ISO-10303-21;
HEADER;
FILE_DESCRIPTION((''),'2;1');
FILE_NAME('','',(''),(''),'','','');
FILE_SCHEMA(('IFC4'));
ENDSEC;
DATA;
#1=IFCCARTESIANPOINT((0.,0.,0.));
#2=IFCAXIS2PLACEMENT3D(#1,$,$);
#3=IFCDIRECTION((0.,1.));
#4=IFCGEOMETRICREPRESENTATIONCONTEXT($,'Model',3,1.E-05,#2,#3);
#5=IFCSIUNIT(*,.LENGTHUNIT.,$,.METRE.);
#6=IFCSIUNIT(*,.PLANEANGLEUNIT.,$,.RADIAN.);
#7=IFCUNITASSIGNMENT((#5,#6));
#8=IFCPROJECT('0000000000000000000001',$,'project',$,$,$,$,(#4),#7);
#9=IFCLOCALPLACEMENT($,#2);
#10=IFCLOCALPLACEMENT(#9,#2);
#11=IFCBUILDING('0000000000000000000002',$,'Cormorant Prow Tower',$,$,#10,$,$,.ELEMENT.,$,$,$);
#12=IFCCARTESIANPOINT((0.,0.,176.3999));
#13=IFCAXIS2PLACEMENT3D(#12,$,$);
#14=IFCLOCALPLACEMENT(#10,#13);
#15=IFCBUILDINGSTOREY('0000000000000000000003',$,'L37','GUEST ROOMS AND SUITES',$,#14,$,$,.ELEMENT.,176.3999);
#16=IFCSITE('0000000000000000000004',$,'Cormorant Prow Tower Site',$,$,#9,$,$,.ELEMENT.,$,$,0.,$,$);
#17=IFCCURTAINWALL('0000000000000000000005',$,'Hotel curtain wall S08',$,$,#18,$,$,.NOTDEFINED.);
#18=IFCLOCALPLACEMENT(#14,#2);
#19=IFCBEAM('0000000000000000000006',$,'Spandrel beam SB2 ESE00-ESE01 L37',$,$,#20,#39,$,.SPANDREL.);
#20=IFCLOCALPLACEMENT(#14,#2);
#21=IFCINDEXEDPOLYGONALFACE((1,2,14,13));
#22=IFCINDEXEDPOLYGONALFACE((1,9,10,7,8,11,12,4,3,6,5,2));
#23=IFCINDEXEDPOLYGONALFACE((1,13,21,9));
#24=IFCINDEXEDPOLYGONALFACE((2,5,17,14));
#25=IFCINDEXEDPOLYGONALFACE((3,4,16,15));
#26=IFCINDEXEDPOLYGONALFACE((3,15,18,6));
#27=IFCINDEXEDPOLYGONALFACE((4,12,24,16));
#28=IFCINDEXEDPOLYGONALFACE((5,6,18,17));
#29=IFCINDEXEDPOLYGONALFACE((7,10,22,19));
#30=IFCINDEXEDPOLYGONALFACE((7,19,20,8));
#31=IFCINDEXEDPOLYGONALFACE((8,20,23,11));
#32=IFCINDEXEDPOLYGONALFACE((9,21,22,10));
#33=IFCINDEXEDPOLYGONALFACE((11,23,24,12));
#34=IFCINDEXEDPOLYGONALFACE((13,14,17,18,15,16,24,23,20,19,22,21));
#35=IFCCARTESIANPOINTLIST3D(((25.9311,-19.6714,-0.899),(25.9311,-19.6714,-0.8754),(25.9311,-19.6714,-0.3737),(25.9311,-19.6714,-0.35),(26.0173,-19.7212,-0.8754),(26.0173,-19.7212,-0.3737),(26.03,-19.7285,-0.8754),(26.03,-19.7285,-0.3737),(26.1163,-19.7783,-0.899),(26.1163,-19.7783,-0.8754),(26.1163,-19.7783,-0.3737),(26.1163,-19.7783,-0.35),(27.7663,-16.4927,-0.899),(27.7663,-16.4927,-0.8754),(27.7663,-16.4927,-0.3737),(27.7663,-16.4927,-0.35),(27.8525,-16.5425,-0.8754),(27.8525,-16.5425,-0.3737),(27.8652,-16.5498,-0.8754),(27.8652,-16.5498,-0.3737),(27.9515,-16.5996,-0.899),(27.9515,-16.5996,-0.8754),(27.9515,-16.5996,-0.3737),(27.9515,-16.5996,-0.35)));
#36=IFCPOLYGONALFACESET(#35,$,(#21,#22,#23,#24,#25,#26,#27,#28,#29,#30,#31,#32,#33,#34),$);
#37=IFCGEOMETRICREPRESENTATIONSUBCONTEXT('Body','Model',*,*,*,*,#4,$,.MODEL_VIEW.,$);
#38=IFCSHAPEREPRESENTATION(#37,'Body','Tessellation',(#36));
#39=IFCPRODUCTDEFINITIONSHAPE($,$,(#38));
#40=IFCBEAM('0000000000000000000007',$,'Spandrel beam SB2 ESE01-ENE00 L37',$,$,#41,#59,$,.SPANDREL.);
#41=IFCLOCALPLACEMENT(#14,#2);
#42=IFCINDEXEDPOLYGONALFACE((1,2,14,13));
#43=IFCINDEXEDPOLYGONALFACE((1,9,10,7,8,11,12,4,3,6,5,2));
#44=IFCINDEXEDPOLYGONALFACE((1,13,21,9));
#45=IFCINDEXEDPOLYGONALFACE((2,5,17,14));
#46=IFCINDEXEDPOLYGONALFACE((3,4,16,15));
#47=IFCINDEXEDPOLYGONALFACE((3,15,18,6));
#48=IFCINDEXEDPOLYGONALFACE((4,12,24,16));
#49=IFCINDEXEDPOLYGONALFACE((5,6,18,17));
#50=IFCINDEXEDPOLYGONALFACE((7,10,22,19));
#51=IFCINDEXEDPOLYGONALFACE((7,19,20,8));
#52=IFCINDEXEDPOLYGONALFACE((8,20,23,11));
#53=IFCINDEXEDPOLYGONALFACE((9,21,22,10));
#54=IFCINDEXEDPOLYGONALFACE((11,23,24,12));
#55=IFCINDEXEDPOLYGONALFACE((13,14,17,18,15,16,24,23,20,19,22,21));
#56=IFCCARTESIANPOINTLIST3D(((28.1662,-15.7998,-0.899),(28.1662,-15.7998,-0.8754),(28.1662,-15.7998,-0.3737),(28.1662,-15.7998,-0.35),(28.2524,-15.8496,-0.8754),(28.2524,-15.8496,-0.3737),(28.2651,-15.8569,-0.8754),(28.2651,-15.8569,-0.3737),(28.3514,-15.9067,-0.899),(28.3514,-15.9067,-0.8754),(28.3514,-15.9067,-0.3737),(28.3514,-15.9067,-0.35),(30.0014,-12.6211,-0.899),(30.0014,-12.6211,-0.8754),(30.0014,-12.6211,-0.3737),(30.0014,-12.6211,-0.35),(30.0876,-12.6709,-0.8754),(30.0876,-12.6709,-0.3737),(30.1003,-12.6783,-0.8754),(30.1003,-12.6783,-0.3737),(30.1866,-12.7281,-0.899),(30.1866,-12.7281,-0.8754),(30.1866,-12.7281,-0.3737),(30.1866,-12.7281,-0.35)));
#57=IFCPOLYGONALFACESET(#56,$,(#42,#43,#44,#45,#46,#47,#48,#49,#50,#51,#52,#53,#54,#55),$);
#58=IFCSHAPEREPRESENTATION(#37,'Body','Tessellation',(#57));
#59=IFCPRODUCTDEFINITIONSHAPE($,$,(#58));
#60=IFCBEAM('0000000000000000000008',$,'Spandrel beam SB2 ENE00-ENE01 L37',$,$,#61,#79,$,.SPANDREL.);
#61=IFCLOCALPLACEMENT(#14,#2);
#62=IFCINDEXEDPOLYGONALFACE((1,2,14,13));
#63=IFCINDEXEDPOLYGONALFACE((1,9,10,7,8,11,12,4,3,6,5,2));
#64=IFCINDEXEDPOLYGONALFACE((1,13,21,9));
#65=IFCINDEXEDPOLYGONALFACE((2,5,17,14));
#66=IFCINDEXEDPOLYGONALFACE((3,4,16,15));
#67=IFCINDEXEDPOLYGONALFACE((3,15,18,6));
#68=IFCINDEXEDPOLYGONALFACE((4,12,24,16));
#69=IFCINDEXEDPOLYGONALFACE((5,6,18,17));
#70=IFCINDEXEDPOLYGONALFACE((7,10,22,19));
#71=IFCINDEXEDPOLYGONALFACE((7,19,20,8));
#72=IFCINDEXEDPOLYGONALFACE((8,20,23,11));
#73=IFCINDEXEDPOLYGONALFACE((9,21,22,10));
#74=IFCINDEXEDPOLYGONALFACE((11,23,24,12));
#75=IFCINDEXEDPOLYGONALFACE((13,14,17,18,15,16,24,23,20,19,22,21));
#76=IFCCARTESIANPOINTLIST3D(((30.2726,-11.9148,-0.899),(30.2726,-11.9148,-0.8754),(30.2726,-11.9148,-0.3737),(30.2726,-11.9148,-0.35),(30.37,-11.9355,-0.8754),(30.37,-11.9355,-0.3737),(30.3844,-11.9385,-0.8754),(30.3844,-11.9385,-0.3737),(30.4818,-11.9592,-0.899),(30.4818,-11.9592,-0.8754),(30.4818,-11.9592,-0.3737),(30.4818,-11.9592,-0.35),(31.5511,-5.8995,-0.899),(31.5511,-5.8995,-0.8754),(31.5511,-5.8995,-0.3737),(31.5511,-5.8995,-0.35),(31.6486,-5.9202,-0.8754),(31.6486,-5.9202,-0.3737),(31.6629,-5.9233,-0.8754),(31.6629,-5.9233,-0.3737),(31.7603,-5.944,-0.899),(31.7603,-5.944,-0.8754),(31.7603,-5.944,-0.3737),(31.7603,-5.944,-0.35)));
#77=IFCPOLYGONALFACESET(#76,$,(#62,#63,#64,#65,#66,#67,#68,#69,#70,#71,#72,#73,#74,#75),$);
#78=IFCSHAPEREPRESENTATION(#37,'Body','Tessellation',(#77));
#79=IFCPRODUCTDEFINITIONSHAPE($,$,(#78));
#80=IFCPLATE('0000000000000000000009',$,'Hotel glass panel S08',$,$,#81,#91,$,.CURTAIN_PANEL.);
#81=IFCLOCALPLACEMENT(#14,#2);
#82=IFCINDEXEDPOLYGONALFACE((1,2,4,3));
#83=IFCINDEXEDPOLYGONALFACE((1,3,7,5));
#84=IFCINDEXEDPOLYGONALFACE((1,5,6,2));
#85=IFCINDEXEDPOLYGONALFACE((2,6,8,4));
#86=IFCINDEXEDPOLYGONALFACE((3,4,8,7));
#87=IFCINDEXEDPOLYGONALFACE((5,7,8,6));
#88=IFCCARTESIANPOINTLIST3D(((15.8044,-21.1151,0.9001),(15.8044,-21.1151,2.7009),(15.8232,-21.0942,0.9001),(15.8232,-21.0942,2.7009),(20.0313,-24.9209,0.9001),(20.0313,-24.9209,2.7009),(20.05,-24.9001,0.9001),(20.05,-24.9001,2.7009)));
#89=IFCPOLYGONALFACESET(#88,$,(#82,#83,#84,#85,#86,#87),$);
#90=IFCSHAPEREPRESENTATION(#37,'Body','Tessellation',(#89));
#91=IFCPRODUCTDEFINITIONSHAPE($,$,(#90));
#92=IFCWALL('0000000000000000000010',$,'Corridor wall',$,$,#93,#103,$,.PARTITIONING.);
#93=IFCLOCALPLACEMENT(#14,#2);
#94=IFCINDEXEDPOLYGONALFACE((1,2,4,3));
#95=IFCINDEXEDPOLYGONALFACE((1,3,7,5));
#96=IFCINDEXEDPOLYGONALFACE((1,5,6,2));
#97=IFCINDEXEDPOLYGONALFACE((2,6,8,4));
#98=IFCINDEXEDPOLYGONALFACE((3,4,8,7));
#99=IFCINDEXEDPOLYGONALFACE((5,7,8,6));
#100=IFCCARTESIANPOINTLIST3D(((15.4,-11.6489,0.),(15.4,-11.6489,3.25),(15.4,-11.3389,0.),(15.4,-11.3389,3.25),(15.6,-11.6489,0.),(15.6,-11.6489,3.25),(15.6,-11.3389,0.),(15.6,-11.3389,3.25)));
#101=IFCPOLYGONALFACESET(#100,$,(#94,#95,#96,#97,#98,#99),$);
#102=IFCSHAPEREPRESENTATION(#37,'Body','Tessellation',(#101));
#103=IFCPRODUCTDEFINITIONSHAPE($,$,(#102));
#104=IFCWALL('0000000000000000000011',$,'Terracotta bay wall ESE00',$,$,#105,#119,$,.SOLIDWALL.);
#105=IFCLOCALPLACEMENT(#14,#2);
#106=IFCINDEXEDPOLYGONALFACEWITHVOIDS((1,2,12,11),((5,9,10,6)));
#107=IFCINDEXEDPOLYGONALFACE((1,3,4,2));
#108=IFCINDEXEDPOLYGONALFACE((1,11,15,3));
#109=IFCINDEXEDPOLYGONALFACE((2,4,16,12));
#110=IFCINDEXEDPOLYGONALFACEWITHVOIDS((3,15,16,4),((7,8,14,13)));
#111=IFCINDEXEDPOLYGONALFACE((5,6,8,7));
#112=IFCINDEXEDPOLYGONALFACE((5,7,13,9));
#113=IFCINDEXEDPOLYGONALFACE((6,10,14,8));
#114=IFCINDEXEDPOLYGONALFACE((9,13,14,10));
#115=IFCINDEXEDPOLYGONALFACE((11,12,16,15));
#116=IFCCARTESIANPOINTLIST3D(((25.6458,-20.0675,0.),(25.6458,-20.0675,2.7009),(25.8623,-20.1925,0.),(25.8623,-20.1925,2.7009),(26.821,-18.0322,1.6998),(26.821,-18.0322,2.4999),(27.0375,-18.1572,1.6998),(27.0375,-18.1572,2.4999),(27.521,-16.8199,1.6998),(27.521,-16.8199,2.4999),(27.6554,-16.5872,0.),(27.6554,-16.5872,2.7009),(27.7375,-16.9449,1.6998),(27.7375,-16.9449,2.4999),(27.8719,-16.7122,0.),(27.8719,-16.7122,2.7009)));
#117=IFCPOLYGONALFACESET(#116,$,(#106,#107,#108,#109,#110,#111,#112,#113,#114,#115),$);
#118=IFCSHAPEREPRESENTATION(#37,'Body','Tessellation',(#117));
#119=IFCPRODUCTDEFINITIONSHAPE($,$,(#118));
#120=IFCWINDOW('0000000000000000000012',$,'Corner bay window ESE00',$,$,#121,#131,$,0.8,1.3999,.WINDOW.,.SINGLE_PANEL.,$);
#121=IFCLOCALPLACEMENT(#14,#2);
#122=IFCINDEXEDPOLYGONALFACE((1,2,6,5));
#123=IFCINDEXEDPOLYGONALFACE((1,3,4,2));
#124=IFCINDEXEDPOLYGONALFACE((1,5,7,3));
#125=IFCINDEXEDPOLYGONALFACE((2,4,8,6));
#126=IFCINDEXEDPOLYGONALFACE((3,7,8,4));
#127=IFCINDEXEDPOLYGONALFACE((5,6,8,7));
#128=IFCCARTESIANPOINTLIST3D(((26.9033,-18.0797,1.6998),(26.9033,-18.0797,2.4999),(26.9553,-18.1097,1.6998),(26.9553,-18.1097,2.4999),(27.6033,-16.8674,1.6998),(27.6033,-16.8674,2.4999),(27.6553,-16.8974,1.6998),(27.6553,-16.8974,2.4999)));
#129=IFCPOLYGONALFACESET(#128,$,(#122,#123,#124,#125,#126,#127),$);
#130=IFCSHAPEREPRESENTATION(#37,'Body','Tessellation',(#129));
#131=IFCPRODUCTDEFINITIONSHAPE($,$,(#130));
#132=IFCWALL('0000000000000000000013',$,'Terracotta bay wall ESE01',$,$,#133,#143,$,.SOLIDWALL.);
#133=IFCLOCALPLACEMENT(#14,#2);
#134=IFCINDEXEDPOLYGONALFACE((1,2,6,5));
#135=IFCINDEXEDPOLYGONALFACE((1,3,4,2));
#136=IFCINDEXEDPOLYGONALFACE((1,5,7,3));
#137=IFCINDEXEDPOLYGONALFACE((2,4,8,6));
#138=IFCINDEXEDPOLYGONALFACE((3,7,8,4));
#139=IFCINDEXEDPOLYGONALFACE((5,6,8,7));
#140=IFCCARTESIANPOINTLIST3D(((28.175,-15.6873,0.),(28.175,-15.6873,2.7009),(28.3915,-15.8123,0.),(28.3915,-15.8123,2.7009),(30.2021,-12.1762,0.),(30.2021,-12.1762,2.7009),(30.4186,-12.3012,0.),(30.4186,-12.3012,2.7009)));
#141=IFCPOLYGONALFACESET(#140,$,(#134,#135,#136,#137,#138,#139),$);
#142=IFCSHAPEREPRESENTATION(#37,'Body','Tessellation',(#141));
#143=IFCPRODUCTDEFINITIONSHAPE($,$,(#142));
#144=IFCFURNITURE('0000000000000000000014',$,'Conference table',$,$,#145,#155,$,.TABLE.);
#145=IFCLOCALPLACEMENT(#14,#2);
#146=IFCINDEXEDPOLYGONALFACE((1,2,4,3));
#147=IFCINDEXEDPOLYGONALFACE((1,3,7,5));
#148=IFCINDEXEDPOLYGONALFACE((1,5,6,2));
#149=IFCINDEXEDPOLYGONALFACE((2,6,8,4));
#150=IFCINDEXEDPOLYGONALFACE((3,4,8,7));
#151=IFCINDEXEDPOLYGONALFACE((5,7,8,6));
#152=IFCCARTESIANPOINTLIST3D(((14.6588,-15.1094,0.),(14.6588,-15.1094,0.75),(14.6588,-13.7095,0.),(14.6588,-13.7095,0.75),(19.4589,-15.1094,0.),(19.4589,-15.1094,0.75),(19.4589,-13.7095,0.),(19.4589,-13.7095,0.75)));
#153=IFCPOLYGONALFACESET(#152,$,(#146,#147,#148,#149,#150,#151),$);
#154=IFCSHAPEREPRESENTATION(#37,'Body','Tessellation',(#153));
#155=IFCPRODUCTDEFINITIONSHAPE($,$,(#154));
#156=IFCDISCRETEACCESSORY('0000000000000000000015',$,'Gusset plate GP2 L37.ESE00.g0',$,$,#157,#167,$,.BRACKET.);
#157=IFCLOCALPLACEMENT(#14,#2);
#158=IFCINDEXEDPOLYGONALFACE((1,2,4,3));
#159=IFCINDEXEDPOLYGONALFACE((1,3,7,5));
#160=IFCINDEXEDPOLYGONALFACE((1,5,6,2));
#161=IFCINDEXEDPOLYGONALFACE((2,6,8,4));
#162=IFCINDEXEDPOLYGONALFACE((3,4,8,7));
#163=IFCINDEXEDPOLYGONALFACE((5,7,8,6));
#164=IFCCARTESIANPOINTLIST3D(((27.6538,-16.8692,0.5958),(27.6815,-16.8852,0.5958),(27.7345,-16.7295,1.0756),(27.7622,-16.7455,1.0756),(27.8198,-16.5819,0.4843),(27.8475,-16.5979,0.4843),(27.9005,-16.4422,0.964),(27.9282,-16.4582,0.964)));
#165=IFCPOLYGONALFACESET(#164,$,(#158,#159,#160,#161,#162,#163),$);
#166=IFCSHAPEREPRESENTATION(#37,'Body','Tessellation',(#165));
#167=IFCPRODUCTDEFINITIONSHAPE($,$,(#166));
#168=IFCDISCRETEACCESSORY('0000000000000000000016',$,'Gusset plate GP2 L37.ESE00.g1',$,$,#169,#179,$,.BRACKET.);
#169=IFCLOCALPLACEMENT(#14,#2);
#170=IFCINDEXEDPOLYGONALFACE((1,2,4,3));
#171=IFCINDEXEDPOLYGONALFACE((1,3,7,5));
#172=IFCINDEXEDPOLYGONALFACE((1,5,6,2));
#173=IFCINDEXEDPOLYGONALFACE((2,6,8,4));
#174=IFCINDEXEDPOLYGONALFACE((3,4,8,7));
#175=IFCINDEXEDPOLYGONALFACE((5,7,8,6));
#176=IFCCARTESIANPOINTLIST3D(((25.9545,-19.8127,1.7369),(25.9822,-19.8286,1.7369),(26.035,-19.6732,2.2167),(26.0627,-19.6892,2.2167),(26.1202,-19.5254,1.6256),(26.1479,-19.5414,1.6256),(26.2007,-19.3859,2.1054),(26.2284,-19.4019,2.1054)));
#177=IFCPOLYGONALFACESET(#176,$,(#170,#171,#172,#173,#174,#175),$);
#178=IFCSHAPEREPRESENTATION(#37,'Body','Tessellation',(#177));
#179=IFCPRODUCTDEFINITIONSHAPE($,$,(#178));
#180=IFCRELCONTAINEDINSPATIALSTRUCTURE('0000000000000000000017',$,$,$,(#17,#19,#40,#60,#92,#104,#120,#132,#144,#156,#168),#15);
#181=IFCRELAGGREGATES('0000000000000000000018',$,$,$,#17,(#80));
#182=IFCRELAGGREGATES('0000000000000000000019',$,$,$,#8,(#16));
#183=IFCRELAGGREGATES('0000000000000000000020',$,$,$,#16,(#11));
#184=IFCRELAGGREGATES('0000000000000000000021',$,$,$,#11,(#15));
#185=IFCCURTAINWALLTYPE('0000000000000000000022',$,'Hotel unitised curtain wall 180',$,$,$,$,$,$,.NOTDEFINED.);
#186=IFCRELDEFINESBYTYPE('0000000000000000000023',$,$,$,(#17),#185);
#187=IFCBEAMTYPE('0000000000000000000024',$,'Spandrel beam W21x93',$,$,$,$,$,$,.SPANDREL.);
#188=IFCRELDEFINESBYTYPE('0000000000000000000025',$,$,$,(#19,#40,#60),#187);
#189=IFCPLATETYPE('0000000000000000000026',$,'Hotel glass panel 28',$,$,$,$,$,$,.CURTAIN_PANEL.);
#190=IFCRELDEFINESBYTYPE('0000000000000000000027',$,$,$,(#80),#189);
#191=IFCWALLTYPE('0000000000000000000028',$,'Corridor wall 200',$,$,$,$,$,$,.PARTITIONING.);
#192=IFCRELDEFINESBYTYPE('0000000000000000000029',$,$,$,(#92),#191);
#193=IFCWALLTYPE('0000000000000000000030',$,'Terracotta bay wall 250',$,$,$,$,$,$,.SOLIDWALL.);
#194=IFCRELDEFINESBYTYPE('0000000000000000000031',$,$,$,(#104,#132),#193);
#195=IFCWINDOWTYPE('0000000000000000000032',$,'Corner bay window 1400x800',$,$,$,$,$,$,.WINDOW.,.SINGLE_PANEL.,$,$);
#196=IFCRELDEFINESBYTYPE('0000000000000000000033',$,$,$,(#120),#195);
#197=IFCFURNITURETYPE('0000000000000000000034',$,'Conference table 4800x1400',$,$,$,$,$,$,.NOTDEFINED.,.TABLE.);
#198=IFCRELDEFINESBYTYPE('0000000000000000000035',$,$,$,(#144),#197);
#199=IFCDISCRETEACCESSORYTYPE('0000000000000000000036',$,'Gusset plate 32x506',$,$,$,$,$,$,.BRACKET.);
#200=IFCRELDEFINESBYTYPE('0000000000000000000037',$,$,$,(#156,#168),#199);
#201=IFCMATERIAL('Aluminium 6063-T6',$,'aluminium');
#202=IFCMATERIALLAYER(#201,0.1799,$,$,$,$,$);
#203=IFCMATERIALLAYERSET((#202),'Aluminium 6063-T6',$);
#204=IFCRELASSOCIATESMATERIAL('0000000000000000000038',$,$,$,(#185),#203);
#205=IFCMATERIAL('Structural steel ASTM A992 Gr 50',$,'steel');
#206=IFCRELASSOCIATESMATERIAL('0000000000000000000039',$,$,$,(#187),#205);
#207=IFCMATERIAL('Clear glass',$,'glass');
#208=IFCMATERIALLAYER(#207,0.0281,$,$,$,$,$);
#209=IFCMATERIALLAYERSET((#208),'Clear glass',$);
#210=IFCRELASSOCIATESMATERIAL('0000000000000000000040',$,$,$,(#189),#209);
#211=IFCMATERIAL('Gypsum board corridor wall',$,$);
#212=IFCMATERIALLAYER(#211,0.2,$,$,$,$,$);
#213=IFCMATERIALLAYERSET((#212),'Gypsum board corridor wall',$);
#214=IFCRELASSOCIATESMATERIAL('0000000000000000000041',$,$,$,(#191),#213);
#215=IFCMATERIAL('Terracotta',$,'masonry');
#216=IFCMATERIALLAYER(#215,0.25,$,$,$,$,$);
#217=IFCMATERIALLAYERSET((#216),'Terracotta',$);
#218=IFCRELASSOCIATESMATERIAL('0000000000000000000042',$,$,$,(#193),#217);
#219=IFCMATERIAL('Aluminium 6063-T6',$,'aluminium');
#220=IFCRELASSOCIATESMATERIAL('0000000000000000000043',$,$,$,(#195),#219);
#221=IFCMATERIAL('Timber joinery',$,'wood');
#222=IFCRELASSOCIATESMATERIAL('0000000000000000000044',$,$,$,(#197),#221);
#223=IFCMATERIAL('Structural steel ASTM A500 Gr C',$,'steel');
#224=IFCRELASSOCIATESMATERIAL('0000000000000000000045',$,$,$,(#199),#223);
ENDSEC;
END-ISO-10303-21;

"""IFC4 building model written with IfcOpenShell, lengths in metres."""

from ifc_helpers import new_model, si_unit, direction, frame, frame_2d, origin, origin_2d, place, context, subcontext, project, spatial, rectangle, i_section, extrude, material, layer, layer_set, material_profile, profile_set, type_object, element, fill, aggregate, save


model = new_model("IFC4")

# Units and contexts
model_context = context("Model", 3, precision=1e-05, world=origin(), true_north=direction((0.0, 1.0)))
body_context = subcontext(model_context, "Body", "Model", "MODEL_VIEW")
ifc_project = project(units=[si_unit("LENGTHUNIT", "METRE"), si_unit("PLANEANGLEUNIT", "RADIAN")], contexts=[model_context])

# Site, building, storey
site_placement = place(None, origin())
site = spatial("IfcSite", under=ifc_project, at=site_placement, Name="Cormorant Prow Tower Site", CompositionType="ELEMENT", RefElevation=0.0)
building_placement = place(site_placement, origin())
building = spatial("IfcBuilding", under=site, at=building_placement, Name="Cormorant Prow Tower", CompositionType="ELEMENT")
storey_placement = place(building_placement, frame((0.0, 0.0, 176.3999)))
storey = spatial("IfcBuildingStorey", under=building, at=storey_placement, Name="L37", Description="GUEST ROOMS AND SUITES", CompositionType="ELEMENT", Elevation=176.3999)

# Curtain wall
ifc_material_1 = material(Name="Aluminium 6063-T6", Category="aluminium")
ifc_layer_1 = layer(ifc_material_1, 0.1799)
ifc_layer_set_1 = layer_set([ifc_layer_1], Name="Aluminium 6063-T6")
curtain_wall_type = type_object("IfcCurtainWallType", Name="Hotel unitised curtain wall 180", PredefinedType="NOTDEFINED", material=ifc_layer_set_1)
curtain_wall_placement = place(storey_placement, origin())
curtain_wall = element("IfcCurtainWall", 1, at=curtain_wall_placement, inside=storey, type_object=curtain_wall_type, Name="Hotel curtain wall S08", PredefinedType="NOTDEFINED")

# Beams
ifc_material_2 = material(Name="Structural steel ASTM A992 Gr 50", Category="steel")
ifc_material_profile_1 = material_profile(ifc_material_2, i_section(OverallWidth=0.2139, OverallDepth=0.5491, WebThickness=0.0146, FlangeThickness=0.0237, at=origin_2d()), Name="W21x93")
ifc_profile_set_1 = profile_set([ifc_material_profile_1], Name="Structural steel ASTM A992 Gr 50")
beam_type = type_object("IfcBeamType", Name="Spandrel beam W21x93", PredefinedType="SPANDREL", material=ifc_profile_set_1)
for number, where, z_axis, x_axis, name in (
    (2, (26.0237, -19.7249, -0.6245), (0.499995, 0.866028, 0.0), (-0.866028, 0.499995, 0.0), "Spandrel beam SB2 ESE00-ESE01 L37"),
    (3, (28.2588, -15.8533, -0.6245), (0.499995, 0.866028, 0.0), (-0.866028, 0.499995, 0.0), "Spandrel beam SB2 ESE01-ENE00 L37"),
):
    element("IfcBeam", number, at=place(storey_placement, frame(where, z_axis=z_axis, x_axis=x_axis)), inside=storey, type_object=beam_type, Name=name, PredefinedType="SPANDREL", context=body_context, shape_type="SweptSolid", body=[
        extrude(i_section(OverallWidth=0.2139, OverallDepth=0.5491, WebThickness=0.0146, FlangeThickness=0.0237, at=origin_2d()), origin(), (0.0, 0.0, 1.0), 3.6704),
    ])
beam_1_placement = place(storey_placement, frame((30.3772, -11.937, -0.6245), z_axis=(0.207905, 0.978149, 0.0), x_axis=(-0.978149, 0.207905, 0.0)))
element("IfcBeam", 4, at=beam_1_placement, inside=storey, type_object=beam_type, Name="Spandrel beam SB2 ENE00-ENE01 L37", PredefinedType="SPANDREL", context=body_context, shape_type="SweptSolid", body=[
    extrude(i_section(OverallWidth=0.2139, OverallDepth=0.5491, WebThickness=0.0146, FlangeThickness=0.0237, at=origin_2d()), origin(), (0.0, 0.0, 1.0), 6.1497),
])

# Plate
ifc_material_3 = material(Name="Clear glass", Category="glass")
ifc_layer_2 = layer(ifc_material_3, 0.0281)
ifc_layer_set_2 = layer_set([ifc_layer_2], Name="Clear glass")
plate_type = type_object("IfcPlateType", Name="Hotel glass panel 28", PredefinedType="CURTAIN_PANEL", material=ifc_layer_set_2)
plate_placement = place(storey_placement, frame((17.9272, -23.0076, 0.9001), z_axis=(0.0, 0.0, 1.0), x_axis=(0.743145, -0.669131, 0.0)))
plate = element("IfcPlate", 5, at=plate_placement, type_object=plate_type, Name="Hotel glass panel S08", PredefinedType="CURTAIN_PANEL", context=body_context, shape_type="SweptSolid", body=[
    extrude(rectangle(XDim=5.6877, YDim=0.0281, at=origin_2d()), origin(), (0.0, 0.0, 1.0), 1.8008),
])
aggregate(curtain_wall, [plate])

# Wall
ifc_material_4 = material(Name="Gypsum board corridor wall")
ifc_layer_3 = layer(ifc_material_4, 0.2)
ifc_layer_set_3 = layer_set([ifc_layer_3], Name="Gypsum board corridor wall")
wall_type_1 = type_object("IfcWallType", Name="Corridor wall 200", PredefinedType="PARTITIONING", material=ifc_layer_set_3)
wall_1_placement = place(storey_placement, frame((15.5, -11.6489, 0.0), z_axis=(0.0, 0.0, 1.0), x_axis=(0.0, 1.0, 0.0)))
element("IfcWall", 6, at=wall_1_placement, inside=storey, type_object=wall_type_1, Name="Corridor wall", PredefinedType="PARTITIONING", context=body_context, shape_type="SweptSolid", body=[
    extrude(rectangle(XDim=0.3101, YDim=0.2, at=frame_2d((0.155, 0.0))), origin(), (0.0, 0.0, 1.0), 3.25),
])

# Wall, opening, window
ifc_material_5 = material(Name="Terracotta", Category="masonry")
ifc_layer_4 = layer(ifc_material_5, 0.25)
ifc_layer_set_4 = layer_set([ifc_layer_4], Name="Terracotta")
wall_type_2 = type_object("IfcWallType", Name="Terracotta bay wall 250", PredefinedType="SOLIDWALL", material=ifc_layer_set_4)
wall_2_placement = place(storey_placement, frame((25.7542, -20.1299, 0.0), z_axis=(0.0, 0.0, 1.0), x_axis=(0.50004, 0.866002, 0.0)))
wall_2 = element("IfcWall", 7, at=wall_2_placement, inside=storey, type_object=wall_type_2, Name="Terracotta bay wall ESE00", PredefinedType="SOLIDWALL", context=body_context, shape_type="SweptSolid", body=[
    extrude(rectangle(XDim=4.0188, YDim=0.25, at=frame_2d((2.0093, 0.0))), origin(), (0.0, 0.0, 1.0), 2.7009),
])
opening_1_placement = place(wall_2_placement, frame((2.3501, 0.0, 1.7)))
opening_1 = element("IfcOpeningElement", 8, at=opening_1_placement, cuts=wall_2, PredefinedType="OPENING", context=body_context, shape_type="SweptSolid", body=[
    extrude(rectangle(XDim=1.3999, YDim=0.8, at=frame_2d((0.7, 0.3999))), frame((0.0, 0.135, 0.0), z_axis=(0.0, -1.0, 0.0), x_axis=(1.0, 0.0, 0.0)), (0.0, 0.0, 1.0), 0.27),
])
ifc_material_6 = material(Name="Aluminium 6063-T6", Category="aluminium")
window_type = type_object("IfcWindowType", Name="Corner bay window 1400x800", PartitioningType="SINGLE_PANEL", PredefinedType="WINDOW", material=ifc_material_6)
window_placement = place(opening_1_placement, origin())
window = element("IfcWindow", 9, at=window_placement, inside=storey, type_object=window_type, Name="Corner bay window ESE00", OverallHeight=0.8, OverallWidth=1.3999, PartitioningType="SINGLE_PANEL", PredefinedType="WINDOW", context=body_context, shape_type="SweptSolid", body=[
    extrude(rectangle(XDim=1.3999, YDim=0.8, at=frame_2d((0.7, 0.3999))), frame((0.0, 0.03, 0.0), z_axis=(0.0, -1.0, 0.0), x_axis=(1.0, 0.0, 0.0)), (0.0, 0.0, 1.0), 0.0601),
])
fill(opening_1, window)

# Wall
wall_3_placement = place(storey_placement, frame((28.2832, -15.7498, 0.0), z_axis=(0.0, 0.0, 1.0), x_axis=(0.500006, 0.866022, 0.0)))
element("IfcWall", 10, at=wall_3_placement, inside=storey, type_object=wall_type_2, Name="Terracotta bay wall ESE01", PredefinedType="SOLIDWALL", context=body_context, shape_type="SweptSolid", body=[
    extrude(rectangle(XDim=4.0542, YDim=0.25, at=frame_2d((2.0271, 0.0))), origin(), (0.0, 0.0, 1.0), 2.7009),
])

# Furniture
ifc_material_7 = material(Name="Timber joinery", Category="wood")
furniture_type = type_object("IfcFurnitureType", Name="Conference table 4800x1400", AssemblyPlace="NOTDEFINED", PredefinedType="TABLE", material=ifc_material_7)
furniture_placement = place(storey_placement, frame((17.0588, -14.4094, 0.0), z_axis=(0.0, 0.0, 1.0), x_axis=(1.0, 0.0, 0.0)))
element("IfcFurniture", 11, at=furniture_placement, inside=storey, type_object=furniture_type, Name="Conference table", PredefinedType="TABLE", context=body_context, shape_type="SweptSolid", body=[
    extrude(rectangle(XDim=4.8, YDim=1.3999, at=origin_2d()), origin(), (0.0, 0.0, 1.0), 0.75),
])

# Discrete accessories
ifc_material_8 = material(Name="Structural steel ASTM A500 Gr C", Category="steel")
ifc_material_profile_2 = material_profile(ifc_material_8, rectangle(XDim=0.032, YDim=0.5061, at=origin_2d()), Name="Gusset plate 32x506")
ifc_profile_set_2 = profile_set([ifc_material_profile_2], Name="Structural steel ASTM A500 Gr C")
discrete_accessory_type = type_object("IfcDiscreteAccessoryType", Name="Gusset plate 32x506", PredefinedType="BRACKET", material=ifc_profile_set_2)
discrete_accessory_1_placement = place(storey_placement, frame((27.708, -16.8074, 0.8357), z_axis=(0.474172, 0.820737, -0.318672), x_axis=(-0.865879, 0.500253, 0.0)))
element("IfcDiscreteAccessory", 12, at=discrete_accessory_1_placement, inside=storey, type_object=discrete_accessory_type, Name="Gusset plate GP2 L37.ESE00.g0", PredefinedType="BRACKET", context=body_context, shape_type="SweptSolid", body=[
    extrude(rectangle(XDim=0.032, YDim=0.5061, at=origin_2d()), origin(), (0.0, 0.0, 1.0), 0.3501),
])
discrete_accessory_2_placement = place(storey_placement, frame((26.1743, -19.4636, 1.8655), z_axis=(-0.473737, -0.82119, 0.31815), x_axis=(0.866198, -0.499701, 0.0)))
element("IfcDiscreteAccessory", 13, at=discrete_accessory_2_placement, inside=storey, type_object=discrete_accessory_type, Name="Gusset plate GP2 L37.ESE00.g1", PredefinedType="BRACKET", context=body_context, shape_type="SweptSolid", body=[
    extrude(rectangle(XDim=0.032, YDim=0.5061, at=origin_2d()), origin(), (0.0, 0.0, 1.0), 0.3499),
])

save(model, "model.ifc")
